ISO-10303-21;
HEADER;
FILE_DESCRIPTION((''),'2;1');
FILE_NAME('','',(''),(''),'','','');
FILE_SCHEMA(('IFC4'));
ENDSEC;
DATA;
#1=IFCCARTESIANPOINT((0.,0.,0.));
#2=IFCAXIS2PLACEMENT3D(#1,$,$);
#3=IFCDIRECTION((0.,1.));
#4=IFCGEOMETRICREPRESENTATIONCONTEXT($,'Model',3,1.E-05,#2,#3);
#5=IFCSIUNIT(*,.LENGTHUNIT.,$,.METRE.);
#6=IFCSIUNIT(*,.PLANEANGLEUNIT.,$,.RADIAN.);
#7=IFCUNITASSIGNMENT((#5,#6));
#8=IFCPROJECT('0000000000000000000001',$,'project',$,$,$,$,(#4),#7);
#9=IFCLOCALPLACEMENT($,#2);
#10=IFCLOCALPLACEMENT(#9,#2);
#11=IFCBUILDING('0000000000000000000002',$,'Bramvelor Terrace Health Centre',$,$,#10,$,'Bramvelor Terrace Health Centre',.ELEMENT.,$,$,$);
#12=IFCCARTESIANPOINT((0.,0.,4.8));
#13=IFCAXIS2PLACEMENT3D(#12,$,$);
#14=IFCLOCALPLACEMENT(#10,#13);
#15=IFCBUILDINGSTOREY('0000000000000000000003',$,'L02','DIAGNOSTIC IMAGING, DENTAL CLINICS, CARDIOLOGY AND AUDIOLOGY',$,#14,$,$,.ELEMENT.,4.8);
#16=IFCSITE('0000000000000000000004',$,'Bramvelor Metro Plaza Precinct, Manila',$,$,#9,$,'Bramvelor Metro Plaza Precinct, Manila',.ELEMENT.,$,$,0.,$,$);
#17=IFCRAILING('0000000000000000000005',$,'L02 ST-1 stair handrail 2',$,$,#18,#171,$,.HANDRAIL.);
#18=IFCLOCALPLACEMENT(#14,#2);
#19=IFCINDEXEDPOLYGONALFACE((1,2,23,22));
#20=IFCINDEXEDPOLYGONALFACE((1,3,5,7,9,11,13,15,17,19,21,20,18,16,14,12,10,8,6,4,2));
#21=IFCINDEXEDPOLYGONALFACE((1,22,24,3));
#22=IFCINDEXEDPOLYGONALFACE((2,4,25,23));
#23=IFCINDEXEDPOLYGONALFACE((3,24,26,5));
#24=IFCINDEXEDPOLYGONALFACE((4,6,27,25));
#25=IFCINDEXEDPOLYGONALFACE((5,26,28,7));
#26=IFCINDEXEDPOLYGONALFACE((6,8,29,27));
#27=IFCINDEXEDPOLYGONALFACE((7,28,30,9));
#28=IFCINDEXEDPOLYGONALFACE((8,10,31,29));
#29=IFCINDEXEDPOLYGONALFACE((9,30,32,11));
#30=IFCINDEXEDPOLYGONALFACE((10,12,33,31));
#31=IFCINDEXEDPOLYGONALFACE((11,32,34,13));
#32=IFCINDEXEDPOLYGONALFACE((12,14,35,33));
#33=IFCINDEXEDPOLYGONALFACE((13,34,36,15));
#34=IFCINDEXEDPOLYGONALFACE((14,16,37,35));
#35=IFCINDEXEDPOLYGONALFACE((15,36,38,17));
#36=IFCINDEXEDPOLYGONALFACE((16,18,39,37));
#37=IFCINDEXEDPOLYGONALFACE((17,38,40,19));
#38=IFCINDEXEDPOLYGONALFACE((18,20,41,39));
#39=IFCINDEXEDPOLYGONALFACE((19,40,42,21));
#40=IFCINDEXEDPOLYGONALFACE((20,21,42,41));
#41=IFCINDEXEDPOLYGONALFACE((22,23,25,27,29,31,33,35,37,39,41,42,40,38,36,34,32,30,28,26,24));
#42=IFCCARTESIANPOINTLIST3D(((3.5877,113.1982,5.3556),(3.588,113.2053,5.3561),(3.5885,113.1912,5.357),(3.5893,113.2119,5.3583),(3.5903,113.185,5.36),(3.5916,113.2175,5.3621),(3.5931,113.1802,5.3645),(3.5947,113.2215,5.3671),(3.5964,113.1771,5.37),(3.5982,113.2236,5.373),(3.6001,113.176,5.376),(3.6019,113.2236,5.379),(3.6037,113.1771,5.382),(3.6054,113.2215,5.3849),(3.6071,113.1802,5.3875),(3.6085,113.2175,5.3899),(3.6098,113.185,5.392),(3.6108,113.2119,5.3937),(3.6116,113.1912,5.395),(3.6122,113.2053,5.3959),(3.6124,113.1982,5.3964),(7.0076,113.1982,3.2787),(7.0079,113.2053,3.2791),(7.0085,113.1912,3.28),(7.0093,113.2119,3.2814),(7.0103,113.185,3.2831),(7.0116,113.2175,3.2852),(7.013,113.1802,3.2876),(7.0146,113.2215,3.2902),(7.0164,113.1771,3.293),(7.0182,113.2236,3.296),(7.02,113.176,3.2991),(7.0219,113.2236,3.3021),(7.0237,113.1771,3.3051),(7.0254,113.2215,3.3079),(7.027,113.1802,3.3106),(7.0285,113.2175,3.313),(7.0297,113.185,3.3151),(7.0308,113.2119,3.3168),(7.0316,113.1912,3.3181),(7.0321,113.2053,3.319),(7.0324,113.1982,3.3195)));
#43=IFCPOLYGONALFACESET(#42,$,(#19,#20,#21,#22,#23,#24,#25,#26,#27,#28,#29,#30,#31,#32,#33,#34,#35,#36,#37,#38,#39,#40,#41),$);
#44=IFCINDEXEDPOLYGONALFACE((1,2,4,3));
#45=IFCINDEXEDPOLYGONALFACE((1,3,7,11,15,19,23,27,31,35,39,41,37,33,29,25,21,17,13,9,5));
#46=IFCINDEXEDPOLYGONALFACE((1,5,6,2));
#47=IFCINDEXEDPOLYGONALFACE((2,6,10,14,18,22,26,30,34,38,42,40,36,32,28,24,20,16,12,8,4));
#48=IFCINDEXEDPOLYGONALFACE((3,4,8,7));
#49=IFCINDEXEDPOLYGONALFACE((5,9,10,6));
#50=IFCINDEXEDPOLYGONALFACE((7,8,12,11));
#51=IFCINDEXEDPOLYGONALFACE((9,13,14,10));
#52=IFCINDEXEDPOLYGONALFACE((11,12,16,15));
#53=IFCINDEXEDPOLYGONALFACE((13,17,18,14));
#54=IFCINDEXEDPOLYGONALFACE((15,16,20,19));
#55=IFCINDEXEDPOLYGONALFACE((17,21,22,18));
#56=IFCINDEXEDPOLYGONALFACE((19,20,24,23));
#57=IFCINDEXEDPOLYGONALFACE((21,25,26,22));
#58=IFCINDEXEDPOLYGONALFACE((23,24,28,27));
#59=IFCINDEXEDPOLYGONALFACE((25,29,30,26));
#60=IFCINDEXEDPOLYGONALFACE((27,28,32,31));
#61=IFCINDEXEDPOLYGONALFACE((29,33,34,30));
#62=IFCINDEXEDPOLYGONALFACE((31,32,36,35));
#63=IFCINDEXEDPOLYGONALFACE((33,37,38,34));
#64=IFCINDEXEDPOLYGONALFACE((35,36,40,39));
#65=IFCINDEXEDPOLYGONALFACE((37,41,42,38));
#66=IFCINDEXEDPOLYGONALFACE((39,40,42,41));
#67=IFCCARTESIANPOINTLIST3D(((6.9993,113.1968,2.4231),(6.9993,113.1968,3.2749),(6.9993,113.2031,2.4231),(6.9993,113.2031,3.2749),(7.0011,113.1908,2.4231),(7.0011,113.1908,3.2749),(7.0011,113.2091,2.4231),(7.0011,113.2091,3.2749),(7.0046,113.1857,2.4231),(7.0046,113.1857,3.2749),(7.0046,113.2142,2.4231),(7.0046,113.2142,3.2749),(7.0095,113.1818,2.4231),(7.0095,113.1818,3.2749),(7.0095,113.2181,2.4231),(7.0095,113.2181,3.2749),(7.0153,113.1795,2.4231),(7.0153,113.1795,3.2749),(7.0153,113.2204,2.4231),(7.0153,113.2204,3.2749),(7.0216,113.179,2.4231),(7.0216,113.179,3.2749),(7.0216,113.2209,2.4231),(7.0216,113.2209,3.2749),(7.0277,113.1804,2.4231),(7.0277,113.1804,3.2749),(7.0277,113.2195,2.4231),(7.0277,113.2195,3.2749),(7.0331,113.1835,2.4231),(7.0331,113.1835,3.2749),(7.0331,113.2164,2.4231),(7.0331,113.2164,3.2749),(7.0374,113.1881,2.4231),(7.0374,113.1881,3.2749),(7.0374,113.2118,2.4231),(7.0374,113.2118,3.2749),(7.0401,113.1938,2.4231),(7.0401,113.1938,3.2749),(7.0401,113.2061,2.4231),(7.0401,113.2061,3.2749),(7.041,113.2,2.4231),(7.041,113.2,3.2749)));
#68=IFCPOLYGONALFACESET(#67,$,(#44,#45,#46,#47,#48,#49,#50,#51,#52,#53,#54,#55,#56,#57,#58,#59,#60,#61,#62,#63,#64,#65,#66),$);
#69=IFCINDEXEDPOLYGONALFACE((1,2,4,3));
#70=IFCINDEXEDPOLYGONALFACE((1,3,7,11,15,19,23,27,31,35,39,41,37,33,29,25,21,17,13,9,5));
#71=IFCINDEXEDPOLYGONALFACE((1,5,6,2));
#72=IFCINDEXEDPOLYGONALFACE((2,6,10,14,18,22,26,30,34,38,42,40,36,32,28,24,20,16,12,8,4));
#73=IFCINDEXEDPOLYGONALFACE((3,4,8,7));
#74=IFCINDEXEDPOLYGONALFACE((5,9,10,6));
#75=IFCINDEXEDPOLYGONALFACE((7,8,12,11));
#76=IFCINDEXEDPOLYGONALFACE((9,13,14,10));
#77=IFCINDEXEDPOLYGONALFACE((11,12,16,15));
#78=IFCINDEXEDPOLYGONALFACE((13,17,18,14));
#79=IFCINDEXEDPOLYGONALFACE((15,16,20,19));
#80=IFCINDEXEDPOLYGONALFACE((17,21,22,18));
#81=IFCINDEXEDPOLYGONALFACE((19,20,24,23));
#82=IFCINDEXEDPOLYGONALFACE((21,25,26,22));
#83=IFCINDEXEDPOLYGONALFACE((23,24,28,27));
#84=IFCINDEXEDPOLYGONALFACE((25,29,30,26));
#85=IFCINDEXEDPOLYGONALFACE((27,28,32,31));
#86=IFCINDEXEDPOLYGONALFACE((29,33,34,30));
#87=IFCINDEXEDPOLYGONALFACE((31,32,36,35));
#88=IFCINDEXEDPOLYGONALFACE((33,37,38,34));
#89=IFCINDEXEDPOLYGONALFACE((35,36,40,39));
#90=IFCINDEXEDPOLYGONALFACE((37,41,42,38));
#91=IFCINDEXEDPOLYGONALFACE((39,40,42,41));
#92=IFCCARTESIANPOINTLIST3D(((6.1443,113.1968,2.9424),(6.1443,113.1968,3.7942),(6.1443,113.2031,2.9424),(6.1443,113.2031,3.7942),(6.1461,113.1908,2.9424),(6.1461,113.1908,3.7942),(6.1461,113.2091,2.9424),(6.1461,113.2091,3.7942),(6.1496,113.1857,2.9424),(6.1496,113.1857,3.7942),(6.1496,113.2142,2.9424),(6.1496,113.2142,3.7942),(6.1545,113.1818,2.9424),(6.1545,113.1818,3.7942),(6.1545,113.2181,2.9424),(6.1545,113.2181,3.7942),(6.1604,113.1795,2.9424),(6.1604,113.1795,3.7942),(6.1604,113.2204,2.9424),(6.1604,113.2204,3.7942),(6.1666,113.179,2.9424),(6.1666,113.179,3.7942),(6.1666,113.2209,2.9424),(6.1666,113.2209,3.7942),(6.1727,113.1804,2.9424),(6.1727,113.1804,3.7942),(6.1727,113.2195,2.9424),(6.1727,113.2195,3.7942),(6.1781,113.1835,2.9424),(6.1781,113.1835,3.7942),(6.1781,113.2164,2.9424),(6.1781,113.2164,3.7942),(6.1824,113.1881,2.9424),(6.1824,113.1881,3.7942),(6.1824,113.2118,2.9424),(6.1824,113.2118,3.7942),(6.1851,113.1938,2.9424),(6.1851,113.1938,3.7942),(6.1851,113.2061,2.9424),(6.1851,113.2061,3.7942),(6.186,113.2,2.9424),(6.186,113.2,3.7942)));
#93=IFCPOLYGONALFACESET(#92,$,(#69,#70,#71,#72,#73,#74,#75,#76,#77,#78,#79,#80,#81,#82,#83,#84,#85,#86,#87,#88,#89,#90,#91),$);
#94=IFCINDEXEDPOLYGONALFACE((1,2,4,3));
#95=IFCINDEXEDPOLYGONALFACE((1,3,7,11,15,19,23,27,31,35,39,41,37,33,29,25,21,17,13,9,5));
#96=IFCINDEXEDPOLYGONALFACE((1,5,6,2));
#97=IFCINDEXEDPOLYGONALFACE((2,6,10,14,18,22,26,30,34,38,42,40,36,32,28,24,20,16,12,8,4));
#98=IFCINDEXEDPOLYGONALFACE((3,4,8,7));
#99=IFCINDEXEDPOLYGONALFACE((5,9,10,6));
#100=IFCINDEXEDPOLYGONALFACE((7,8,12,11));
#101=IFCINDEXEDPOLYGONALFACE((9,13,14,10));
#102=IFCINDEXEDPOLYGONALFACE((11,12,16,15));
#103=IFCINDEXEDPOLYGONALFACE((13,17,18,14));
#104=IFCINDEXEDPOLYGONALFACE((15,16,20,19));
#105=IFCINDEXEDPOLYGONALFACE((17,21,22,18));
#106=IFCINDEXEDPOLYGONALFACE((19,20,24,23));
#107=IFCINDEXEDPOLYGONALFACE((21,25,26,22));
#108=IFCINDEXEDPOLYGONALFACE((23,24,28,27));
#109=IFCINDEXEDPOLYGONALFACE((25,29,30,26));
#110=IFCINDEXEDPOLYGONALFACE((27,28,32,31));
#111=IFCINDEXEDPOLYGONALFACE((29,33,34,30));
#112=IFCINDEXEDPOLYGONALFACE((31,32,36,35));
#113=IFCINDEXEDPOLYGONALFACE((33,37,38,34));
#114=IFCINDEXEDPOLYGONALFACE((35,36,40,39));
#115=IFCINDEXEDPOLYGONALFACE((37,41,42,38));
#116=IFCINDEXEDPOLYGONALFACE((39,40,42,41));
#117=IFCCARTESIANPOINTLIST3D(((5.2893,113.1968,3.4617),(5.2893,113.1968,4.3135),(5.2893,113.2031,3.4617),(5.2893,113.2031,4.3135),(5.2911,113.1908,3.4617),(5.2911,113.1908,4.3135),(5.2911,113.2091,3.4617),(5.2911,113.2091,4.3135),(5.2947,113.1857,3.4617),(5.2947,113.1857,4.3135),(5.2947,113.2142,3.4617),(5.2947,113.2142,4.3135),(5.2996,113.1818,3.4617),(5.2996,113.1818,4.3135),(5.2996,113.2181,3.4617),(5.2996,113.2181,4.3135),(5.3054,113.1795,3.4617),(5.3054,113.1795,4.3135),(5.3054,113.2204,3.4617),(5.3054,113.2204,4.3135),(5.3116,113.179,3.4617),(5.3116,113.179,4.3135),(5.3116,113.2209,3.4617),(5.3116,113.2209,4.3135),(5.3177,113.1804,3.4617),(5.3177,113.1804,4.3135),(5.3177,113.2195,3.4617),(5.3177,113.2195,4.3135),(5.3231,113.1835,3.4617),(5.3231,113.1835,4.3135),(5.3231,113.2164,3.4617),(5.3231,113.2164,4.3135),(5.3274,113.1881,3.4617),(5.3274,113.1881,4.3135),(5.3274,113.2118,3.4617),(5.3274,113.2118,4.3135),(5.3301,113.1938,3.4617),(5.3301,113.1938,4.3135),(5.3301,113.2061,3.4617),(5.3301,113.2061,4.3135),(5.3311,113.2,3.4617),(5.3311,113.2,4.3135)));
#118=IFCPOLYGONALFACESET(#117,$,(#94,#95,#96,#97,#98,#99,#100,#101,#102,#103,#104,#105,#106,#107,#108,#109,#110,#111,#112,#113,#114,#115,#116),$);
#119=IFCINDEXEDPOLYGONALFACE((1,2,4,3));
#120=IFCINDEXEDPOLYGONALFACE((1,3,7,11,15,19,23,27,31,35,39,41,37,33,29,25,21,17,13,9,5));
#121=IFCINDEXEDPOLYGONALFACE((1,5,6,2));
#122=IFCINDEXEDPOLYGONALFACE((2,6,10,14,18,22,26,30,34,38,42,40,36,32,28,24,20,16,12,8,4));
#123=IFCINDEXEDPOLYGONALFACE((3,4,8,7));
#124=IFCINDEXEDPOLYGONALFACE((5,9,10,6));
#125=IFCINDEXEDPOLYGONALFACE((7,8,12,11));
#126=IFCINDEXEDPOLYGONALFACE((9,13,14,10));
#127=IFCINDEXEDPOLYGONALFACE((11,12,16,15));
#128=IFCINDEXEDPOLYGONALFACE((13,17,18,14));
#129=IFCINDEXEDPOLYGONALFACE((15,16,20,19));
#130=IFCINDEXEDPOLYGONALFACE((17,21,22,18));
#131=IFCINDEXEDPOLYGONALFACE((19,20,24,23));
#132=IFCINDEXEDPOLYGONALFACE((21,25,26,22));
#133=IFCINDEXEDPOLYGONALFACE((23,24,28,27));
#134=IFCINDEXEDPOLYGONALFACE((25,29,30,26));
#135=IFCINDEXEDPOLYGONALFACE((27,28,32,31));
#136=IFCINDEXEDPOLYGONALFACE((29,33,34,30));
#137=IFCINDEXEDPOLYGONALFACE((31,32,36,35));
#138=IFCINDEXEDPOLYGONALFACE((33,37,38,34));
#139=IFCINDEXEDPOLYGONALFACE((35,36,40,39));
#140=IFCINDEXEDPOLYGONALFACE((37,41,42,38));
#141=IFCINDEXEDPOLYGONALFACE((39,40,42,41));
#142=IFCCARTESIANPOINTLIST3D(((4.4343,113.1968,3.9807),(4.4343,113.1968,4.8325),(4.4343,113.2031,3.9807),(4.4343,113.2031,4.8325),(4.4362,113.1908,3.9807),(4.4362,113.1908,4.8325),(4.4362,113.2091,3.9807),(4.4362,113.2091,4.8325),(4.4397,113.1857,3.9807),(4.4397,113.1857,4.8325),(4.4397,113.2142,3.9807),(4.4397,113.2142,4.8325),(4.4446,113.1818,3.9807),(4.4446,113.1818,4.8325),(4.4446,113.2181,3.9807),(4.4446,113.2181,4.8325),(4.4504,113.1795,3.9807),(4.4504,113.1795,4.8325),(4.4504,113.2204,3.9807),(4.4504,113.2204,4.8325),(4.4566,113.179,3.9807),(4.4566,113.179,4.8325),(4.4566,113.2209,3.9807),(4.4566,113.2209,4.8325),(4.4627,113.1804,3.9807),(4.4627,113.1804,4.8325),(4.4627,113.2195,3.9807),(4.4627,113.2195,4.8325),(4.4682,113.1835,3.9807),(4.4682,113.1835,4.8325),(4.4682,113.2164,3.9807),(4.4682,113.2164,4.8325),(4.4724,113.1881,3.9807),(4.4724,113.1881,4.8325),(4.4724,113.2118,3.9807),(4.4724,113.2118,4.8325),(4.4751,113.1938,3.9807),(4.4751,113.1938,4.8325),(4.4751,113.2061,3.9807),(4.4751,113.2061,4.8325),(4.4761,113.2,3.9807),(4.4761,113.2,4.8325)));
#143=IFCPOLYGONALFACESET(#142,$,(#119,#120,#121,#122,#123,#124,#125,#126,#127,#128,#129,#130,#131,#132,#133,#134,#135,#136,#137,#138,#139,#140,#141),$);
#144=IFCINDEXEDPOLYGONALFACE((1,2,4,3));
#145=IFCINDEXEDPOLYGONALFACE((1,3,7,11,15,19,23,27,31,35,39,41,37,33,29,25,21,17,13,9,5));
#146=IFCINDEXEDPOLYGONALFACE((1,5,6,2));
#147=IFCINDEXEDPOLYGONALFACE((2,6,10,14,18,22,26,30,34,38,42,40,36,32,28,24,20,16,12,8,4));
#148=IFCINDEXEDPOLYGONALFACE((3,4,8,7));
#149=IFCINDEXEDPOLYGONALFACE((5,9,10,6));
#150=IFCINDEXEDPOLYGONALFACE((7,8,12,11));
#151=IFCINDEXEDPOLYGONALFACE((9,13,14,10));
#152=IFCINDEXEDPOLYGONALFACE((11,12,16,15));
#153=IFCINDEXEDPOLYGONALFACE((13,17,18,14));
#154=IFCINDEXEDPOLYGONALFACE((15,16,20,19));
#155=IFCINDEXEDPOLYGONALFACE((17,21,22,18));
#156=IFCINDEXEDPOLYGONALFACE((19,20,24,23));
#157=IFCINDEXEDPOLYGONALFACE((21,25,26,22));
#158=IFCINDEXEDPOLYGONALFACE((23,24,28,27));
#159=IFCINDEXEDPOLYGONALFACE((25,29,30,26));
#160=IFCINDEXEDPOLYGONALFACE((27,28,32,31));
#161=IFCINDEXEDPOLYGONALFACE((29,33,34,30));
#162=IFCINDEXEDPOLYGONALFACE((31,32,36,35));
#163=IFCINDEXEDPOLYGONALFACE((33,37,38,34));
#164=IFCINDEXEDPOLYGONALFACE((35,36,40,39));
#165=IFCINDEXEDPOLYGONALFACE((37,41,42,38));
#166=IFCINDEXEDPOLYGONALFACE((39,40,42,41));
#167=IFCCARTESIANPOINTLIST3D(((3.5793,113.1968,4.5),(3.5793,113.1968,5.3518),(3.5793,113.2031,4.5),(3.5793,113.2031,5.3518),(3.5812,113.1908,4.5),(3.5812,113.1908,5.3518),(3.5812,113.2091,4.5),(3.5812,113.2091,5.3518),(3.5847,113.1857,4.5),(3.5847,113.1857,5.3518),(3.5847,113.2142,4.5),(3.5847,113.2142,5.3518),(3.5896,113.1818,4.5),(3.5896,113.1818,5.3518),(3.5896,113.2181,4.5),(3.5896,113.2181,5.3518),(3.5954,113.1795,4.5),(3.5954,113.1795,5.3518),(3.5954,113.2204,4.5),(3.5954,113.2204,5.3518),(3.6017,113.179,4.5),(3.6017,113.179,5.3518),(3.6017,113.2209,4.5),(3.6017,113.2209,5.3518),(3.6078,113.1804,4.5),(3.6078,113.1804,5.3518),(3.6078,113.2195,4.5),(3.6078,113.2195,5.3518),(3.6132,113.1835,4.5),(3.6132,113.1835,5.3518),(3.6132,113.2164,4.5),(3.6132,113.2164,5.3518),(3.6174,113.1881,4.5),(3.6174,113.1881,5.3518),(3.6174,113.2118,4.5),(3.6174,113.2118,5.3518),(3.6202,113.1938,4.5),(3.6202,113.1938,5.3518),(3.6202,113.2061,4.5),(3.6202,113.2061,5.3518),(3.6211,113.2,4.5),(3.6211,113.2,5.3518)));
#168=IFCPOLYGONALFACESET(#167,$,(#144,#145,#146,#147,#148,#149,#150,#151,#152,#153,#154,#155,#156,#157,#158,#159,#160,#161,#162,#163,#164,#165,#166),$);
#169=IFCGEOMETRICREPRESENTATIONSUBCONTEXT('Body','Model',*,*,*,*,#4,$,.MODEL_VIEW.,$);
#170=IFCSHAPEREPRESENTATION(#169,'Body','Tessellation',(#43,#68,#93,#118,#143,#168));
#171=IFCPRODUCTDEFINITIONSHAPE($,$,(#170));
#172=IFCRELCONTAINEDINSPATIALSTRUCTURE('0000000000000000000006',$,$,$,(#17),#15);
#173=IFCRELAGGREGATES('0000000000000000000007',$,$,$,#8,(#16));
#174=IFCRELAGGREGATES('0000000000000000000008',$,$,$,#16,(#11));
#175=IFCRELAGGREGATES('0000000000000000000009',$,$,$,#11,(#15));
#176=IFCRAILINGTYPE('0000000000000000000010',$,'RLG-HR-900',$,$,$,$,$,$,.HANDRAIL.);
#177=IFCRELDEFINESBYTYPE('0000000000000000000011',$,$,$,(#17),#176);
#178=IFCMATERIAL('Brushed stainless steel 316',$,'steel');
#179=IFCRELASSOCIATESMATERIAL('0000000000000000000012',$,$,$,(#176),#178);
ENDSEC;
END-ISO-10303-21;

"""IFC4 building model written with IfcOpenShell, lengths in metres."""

from ifc_helpers import new_model, si_unit, direction, frame, origin, origin_2d, place, context, subcontext, project, spatial, circle, extrude, material, type_object, element, save


model = new_model("IFC4")

# Units and contexts
model_context = context("Model", 3, precision=1e-05, world=origin(), true_north=direction((0.0, 1.0)))
body_context = subcontext(model_context, "Body", "Model", "MODEL_VIEW")
ifc_project = project(units=[si_unit("LENGTHUNIT", "METRE"), si_unit("PLANEANGLEUNIT", "RADIAN")], contexts=[model_context])

# Site, building, storey
site_placement = place(None, origin())
site = spatial("IfcSite", under=ifc_project, at=site_placement, Name="Bramvelor Metro Plaza Precinct, Manila", LongName="Bramvelor Metro Plaza Precinct, Manila", CompositionType="ELEMENT", RefElevation=0.0)
building_placement = place(site_placement, origin())
building = spatial("IfcBuilding", under=site, at=building_placement, Name="Bramvelor Terrace Health Centre", LongName="Bramvelor Terrace Health Centre", CompositionType="ELEMENT")
storey_placement = place(building_placement, frame((0.0, 0.0, 4.8)))
storey = spatial("IfcBuildingStorey", under=building, at=storey_placement, Name="L02", Description="DIAGNOSTIC IMAGING, DENTAL CLINICS, CARDIOLOGY AND AUDIOLOGY", CompositionType="ELEMENT", Elevation=4.8)

# Railing
ifc_material_1 = material(Name="Brushed stainless steel 316", Category="steel")
railing_type_1 = type_object("IfcRailingType", Name="RLG-HR-900", PredefinedType="HANDRAIL", material=ifc_material_1)
railing_1_placement = place(storey_placement, frame((7.02, 113.2, 2.4231)))
element("IfcRailing", 1, at=railing_1_placement, inside=storey, type_object=railing_type_1, Name="L02 ST-1 stair handrail 2", PredefinedType="HANDRAIL", context=body_context, shape_type="SweptSolid", body=[
    extrude(circle(Radius=0.0239, at=origin_2d()), frame((0.0, 0.0, 0.876), z_axis=(-0.85473, 0.0, 0.519074), x_axis=(0.0, -1.0, 0.0)), (0.0, 0.0, 1.0), 4.0012),
    extrude(circle(Radius=0.021, at=origin_2d()), origin(), (0.0, 0.0, 1.0), 0.8518),
    extrude(circle(Radius=0.021, at=origin_2d()), frame((-0.855, 0.0, 0.5193)), (0.0, 0.0, 1.0), 0.8518),
    extrude(circle(Radius=0.021, at=origin_2d()), frame((-1.71, 0.0, 1.0386)), (0.0, 0.0, 1.0), 0.8518),
    extrude(circle(Radius=0.021, at=origin_2d()), frame((-2.5649, 0.0, 1.5576)), (0.0, 0.0, 1.0), 0.8518),
    extrude(circle(Radius=0.021, at=origin_2d()), frame((-3.4199, 0.0, 2.0769)), (0.0, 0.0, 1.0), 0.8518),
])

save(model, "model.ifc")
